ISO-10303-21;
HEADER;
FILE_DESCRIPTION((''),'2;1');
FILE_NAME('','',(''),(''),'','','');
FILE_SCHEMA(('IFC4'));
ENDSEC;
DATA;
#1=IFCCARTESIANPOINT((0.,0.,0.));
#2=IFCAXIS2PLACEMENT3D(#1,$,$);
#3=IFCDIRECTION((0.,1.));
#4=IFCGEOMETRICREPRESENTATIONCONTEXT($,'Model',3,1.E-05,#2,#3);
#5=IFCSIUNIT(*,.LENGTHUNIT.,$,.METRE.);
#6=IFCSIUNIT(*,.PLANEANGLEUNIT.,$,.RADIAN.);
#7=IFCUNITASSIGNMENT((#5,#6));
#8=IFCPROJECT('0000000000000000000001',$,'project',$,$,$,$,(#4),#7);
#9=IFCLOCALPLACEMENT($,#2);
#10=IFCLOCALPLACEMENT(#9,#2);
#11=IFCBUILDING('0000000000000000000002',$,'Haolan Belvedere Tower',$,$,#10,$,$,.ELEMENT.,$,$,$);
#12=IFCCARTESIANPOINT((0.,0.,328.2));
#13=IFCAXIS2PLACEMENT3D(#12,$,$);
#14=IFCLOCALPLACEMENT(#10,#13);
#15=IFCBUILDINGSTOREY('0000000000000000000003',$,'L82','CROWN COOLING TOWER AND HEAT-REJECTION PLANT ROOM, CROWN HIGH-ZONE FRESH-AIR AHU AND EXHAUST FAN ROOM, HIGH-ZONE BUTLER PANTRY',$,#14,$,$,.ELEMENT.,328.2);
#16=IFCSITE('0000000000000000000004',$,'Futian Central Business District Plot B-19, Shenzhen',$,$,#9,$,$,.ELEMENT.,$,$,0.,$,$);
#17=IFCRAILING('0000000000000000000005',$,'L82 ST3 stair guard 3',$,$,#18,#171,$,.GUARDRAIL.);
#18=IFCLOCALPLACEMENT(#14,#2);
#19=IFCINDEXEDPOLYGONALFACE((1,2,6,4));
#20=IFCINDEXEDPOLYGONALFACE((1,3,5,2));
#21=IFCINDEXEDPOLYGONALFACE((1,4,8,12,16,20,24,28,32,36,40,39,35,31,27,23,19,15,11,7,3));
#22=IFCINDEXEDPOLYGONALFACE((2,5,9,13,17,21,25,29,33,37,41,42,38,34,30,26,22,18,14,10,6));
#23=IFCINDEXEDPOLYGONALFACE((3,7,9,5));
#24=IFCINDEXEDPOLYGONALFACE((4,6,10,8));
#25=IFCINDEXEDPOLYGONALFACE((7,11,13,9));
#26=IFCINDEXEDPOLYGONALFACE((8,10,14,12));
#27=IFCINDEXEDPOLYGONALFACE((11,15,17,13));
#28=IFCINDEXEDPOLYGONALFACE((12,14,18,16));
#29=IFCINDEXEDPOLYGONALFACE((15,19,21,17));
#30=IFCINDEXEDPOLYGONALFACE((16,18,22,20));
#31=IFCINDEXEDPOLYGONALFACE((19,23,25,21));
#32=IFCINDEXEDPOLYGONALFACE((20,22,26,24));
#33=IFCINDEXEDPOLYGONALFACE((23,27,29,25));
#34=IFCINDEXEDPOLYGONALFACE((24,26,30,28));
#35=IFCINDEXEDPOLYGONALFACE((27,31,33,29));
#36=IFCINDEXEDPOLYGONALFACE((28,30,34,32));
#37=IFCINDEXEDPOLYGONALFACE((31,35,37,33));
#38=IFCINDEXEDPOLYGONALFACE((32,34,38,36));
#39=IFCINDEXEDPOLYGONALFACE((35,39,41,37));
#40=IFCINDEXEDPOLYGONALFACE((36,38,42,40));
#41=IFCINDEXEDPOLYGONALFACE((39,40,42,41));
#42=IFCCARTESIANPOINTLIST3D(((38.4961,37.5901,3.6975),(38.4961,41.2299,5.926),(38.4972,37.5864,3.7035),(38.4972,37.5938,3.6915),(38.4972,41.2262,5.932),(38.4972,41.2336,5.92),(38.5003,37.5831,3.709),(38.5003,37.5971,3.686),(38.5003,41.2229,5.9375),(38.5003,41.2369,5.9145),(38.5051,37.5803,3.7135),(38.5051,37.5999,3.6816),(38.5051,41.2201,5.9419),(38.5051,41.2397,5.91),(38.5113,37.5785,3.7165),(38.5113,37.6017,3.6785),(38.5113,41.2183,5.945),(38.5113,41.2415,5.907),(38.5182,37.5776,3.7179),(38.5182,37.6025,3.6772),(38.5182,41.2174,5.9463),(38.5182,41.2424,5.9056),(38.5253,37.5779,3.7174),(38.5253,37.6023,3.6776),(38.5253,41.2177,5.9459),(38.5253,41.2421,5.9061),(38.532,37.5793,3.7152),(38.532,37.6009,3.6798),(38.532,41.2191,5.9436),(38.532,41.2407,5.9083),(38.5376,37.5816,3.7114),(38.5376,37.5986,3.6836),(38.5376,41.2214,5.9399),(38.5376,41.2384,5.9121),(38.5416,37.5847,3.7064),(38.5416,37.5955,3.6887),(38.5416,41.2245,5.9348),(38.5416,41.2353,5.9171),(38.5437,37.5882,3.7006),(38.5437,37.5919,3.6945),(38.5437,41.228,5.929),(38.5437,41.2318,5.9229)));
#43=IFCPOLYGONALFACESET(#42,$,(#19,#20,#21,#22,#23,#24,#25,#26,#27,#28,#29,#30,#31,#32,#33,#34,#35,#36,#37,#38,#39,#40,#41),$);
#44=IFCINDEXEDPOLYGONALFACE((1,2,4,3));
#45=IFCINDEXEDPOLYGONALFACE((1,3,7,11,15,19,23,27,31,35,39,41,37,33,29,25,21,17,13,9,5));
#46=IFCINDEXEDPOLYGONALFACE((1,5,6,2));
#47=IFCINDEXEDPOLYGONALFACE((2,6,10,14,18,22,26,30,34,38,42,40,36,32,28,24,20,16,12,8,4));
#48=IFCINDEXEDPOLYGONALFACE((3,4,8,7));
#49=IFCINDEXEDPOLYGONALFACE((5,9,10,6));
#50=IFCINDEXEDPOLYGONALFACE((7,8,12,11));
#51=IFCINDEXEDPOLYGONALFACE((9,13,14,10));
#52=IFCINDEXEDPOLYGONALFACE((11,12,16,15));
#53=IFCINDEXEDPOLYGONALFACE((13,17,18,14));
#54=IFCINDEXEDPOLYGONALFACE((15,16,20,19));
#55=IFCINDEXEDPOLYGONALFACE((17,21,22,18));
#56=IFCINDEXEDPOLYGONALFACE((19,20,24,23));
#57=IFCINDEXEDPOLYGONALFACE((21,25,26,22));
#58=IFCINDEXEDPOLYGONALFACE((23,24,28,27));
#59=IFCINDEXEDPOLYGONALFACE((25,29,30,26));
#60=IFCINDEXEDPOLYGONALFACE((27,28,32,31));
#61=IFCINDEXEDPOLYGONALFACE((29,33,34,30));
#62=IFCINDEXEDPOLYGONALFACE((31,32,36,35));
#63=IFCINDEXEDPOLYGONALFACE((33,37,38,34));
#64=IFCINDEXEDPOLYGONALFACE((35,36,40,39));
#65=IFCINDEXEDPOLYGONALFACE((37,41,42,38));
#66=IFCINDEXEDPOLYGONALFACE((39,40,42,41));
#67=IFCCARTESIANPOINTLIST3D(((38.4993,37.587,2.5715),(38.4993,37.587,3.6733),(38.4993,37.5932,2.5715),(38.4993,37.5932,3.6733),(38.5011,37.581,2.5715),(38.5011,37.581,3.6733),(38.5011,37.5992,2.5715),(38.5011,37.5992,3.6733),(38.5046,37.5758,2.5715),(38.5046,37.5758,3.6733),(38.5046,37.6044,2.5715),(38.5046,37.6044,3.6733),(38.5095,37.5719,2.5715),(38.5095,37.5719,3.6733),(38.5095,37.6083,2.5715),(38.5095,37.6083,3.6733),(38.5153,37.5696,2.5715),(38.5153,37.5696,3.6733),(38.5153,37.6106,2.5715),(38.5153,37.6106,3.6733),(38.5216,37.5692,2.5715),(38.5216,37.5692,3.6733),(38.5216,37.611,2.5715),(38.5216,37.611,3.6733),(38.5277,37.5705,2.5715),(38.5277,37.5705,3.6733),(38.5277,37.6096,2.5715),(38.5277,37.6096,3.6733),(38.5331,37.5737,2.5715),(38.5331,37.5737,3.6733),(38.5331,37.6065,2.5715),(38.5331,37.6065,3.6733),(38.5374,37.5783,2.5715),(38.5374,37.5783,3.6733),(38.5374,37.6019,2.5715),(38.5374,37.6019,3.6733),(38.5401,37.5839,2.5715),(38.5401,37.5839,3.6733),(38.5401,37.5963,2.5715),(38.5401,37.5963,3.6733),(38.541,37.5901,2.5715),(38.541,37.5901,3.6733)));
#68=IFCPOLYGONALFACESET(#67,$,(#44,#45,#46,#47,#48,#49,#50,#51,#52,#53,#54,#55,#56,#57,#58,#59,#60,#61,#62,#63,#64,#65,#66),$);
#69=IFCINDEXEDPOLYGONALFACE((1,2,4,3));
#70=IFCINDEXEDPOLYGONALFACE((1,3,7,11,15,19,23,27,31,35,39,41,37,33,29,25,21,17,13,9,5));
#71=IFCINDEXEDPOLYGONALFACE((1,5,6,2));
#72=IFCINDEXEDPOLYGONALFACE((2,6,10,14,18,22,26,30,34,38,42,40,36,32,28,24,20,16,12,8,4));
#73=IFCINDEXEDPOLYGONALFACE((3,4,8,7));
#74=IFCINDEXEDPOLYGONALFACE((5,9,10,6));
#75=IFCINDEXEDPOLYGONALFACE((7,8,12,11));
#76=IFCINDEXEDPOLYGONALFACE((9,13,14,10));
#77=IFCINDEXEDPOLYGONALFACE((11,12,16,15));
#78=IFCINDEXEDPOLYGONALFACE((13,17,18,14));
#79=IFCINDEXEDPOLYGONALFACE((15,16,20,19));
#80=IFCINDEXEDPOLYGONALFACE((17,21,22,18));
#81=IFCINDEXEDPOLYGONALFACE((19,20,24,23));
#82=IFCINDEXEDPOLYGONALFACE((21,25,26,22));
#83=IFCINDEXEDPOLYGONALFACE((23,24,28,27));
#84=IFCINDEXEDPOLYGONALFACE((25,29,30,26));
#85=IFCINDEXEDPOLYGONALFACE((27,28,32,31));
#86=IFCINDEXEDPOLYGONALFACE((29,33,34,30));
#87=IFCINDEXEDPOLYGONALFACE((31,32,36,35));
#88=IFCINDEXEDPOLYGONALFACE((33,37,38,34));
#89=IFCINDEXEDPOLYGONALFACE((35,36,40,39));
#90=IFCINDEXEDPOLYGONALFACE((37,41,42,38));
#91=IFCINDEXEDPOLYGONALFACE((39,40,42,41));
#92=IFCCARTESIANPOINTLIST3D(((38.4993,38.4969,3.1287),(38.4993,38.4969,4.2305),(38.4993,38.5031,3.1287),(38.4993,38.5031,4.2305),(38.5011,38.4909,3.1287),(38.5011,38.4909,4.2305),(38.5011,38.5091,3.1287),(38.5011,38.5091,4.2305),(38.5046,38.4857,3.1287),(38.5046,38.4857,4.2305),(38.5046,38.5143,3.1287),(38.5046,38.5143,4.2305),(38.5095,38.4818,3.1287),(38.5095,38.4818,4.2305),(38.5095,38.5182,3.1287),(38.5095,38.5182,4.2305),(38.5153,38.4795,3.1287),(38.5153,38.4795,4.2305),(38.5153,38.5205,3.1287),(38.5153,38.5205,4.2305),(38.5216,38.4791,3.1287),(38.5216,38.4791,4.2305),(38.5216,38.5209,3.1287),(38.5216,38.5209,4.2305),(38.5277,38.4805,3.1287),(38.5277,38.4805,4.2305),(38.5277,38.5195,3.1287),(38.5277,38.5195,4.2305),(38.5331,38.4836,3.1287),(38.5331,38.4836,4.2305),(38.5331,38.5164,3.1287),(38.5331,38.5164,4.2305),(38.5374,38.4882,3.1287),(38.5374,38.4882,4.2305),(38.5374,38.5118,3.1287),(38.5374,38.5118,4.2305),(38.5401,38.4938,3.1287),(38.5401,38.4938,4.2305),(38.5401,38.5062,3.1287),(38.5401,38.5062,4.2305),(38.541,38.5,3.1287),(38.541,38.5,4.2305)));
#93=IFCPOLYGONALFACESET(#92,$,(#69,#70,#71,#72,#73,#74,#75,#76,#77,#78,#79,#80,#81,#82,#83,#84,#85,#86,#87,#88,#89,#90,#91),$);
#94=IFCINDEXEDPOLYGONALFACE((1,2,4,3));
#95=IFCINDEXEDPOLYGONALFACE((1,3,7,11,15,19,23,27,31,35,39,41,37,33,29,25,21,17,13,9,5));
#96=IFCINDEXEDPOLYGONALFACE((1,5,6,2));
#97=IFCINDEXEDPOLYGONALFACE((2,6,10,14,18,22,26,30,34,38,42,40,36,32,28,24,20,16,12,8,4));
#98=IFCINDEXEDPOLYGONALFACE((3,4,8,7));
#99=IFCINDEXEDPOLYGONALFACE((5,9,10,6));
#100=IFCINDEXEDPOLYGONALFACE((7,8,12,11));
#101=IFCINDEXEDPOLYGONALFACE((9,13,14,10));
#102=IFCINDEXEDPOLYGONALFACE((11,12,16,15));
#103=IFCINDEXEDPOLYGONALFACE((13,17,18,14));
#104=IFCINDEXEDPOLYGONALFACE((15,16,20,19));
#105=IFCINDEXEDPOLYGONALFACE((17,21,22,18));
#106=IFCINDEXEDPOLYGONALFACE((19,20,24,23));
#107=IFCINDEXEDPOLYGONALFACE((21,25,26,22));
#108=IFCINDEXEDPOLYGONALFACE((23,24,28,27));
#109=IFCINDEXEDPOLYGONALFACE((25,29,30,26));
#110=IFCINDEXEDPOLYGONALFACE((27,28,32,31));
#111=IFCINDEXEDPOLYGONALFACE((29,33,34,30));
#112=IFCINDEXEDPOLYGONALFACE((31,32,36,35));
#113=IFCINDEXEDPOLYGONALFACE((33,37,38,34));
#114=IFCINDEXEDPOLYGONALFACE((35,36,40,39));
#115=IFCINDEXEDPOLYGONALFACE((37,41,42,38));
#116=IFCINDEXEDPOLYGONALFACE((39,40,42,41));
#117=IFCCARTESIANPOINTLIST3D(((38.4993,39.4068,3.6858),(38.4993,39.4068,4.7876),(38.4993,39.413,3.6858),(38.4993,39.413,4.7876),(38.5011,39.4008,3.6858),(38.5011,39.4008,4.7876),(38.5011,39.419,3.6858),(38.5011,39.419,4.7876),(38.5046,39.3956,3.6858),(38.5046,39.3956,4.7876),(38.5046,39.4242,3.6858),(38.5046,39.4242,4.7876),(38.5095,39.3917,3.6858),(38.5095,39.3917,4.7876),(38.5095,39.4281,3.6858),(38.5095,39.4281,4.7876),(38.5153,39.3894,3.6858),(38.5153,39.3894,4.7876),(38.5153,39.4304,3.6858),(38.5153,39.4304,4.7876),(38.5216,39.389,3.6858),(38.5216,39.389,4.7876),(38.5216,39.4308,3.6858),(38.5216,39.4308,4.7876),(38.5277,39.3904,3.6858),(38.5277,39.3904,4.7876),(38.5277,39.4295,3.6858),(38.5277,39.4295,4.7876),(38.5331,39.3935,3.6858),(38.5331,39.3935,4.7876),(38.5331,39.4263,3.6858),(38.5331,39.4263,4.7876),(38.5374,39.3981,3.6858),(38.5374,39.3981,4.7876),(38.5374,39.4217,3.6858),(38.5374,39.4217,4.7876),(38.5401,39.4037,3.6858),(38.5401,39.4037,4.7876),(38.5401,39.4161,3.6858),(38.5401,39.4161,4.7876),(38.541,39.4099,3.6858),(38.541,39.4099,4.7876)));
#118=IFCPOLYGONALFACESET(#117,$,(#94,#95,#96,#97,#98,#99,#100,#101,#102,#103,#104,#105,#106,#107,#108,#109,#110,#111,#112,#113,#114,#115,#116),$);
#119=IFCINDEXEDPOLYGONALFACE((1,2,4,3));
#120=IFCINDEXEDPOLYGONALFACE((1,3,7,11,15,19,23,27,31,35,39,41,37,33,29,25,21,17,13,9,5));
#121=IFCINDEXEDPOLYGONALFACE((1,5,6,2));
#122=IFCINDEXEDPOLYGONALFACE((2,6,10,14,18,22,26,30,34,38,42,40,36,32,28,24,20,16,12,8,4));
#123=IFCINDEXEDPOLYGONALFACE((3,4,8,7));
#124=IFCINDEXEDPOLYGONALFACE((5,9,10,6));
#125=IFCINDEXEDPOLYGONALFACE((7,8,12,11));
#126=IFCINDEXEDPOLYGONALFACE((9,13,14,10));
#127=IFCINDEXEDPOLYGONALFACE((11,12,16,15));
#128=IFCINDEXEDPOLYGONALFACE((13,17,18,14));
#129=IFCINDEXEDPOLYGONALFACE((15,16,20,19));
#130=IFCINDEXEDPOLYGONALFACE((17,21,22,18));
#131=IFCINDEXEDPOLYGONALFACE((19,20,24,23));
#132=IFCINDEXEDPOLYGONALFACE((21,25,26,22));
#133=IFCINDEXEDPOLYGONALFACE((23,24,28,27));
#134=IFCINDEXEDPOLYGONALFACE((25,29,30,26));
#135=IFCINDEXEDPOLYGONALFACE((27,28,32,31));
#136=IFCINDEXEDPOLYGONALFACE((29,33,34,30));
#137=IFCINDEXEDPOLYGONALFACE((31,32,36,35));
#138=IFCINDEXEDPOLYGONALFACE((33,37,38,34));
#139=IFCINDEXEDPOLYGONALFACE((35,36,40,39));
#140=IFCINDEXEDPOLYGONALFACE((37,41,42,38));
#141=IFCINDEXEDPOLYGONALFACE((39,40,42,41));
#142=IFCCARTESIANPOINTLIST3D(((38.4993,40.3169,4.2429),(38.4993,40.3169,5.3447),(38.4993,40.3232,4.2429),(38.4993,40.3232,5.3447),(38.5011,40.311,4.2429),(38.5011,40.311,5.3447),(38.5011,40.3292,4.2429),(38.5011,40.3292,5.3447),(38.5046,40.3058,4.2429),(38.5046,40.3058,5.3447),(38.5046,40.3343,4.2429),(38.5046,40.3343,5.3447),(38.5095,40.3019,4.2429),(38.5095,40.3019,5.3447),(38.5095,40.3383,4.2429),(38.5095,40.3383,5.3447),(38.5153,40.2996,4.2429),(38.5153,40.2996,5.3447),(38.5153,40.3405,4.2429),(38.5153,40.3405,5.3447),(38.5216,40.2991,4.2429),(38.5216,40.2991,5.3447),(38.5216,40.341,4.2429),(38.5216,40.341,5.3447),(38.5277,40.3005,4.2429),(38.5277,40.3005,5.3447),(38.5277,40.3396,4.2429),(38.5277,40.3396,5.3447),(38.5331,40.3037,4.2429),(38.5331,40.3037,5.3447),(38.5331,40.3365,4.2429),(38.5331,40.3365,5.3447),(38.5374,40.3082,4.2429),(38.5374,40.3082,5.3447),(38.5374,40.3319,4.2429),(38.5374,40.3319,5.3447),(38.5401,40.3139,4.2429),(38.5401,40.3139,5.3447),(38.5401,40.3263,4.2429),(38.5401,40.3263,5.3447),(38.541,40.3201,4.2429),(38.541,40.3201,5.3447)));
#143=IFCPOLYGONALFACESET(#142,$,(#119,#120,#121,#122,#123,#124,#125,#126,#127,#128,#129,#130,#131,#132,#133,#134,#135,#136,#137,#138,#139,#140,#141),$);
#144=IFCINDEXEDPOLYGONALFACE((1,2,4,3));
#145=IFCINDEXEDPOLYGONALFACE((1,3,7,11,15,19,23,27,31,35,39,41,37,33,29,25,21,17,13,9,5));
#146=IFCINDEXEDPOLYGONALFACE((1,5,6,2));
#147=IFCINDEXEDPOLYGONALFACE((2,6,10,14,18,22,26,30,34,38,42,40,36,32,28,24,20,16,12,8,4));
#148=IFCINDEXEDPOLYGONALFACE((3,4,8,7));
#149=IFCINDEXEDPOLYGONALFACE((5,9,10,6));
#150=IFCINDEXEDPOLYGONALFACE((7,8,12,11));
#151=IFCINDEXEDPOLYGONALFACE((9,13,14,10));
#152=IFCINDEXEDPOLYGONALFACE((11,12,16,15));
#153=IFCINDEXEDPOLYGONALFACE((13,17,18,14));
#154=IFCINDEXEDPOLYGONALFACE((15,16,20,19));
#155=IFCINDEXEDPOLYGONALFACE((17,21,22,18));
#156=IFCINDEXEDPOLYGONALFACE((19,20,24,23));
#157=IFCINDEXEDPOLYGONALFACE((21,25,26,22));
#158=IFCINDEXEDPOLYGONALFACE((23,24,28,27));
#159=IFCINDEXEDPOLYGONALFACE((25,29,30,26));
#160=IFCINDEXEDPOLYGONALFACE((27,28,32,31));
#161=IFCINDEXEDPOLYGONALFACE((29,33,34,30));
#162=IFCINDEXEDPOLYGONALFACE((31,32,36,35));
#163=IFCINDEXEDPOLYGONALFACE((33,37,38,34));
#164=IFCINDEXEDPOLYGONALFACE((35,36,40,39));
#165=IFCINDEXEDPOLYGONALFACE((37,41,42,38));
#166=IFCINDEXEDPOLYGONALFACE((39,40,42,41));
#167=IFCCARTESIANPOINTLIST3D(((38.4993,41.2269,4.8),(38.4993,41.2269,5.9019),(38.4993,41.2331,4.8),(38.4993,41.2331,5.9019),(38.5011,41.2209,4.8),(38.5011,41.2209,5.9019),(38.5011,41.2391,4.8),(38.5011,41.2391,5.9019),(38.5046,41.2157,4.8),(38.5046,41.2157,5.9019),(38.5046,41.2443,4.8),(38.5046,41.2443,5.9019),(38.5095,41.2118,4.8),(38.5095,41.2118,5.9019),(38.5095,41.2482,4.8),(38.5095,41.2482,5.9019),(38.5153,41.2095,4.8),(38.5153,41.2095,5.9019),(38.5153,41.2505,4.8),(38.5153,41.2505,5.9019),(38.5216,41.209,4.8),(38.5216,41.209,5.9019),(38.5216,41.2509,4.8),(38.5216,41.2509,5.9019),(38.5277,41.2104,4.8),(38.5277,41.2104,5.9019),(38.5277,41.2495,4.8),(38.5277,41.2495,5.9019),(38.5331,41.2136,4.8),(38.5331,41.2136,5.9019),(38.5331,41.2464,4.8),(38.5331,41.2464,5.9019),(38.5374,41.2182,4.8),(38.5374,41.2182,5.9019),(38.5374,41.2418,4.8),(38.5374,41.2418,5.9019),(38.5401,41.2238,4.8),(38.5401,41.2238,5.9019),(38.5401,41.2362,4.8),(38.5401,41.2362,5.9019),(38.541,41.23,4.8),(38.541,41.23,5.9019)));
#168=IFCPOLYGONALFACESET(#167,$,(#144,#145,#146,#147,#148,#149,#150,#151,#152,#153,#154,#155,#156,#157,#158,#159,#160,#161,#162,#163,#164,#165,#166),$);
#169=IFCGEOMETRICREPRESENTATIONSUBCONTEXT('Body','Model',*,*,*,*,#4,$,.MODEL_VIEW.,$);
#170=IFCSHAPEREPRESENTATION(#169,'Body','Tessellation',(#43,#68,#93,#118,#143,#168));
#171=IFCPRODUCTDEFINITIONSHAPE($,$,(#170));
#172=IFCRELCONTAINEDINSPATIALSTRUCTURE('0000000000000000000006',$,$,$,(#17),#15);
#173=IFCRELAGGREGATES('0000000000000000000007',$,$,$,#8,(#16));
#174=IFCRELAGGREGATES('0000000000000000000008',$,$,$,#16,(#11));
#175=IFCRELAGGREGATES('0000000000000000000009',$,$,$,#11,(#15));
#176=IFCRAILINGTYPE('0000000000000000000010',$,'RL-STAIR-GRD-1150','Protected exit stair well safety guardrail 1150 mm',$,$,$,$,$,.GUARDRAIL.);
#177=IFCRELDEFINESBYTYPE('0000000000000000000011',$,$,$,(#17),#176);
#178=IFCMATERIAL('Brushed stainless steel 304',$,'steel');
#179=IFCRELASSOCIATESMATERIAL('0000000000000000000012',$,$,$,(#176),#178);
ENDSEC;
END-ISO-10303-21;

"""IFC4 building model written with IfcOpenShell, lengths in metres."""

from ifc_helpers import new_model, si_unit, direction, frame, origin, origin_2d, place, context, subcontext, project, spatial, circle, extrude, material, type_object, element, save


model = new_model("IFC4")

# Units and contexts
model_context = context("Model", 3, precision=1e-05, world=origin(), true_north=direction((0.0, 1.0)))
body_context = subcontext(model_context, "Body", "Model", "MODEL_VIEW")
ifc_project = project(units=[si_unit("LENGTHUNIT", "METRE"), si_unit("PLANEANGLEUNIT", "RADIAN")], contexts=[model_context])

# Site, building, storey
site_placement = place(None, origin())
site = spatial("IfcSite", under=ifc_project, at=site_placement, Name="Futian Central Business District Plot B-19, Shenzhen", CompositionType="ELEMENT", RefElevation=0.0)
building_placement = place(site_placement, origin())
building = spatial("IfcBuilding", under=site, at=building_placement, Name="Haolan Belvedere Tower", CompositionType="ELEMENT")
storey_placement = place(building_placement, frame((0.0, 0.0, 328.2)))
storey = spatial("IfcBuildingStorey", under=building, at=storey_placement, Name="L82", Description="CROWN COOLING TOWER AND HEAT-REJECTION PLANT ROOM, CROWN HIGH-ZONE FRESH-AIR AHU AND EXHAUST FAN ROOM, HIGH-ZONE BUTLER PANTRY", CompositionType="ELEMENT", Elevation=328.2)

# Railing
ifc_material_1 = material(Name="Brushed stainless steel 304", Category="steel")
railing_type = type_object("IfcRailingType", Name="RL-STAIR-GRD-1150", Description="Protected exit stair well safety guardrail 1150 mm", PredefinedType="GUARDRAIL", material=ifc_material_1)
railing_1_placement = place(storey_placement, frame((38.52, 37.5901, 2.5715)))
element("IfcRailing", 1, at=railing_1_placement, inside=storey, type_object=railing_type, Name="L82 ST3 stair guard 3", PredefinedType="GUARDRAIL", context=body_context, shape_type="SweptSolid", body=[
    extrude(circle(Radius=0.0239, at=origin_2d()), frame((0.0, 0.0, 1.126), z_axis=(0.0, 0.85285, 0.522156), x_axis=(-1.0, 0.0, 0.0)), (0.0, 0.0, 1.0), 4.2678),
    extrude(circle(Radius=0.021, at=origin_2d()), origin(), (0.0, 0.0, 1.0), 1.1018),
    extrude(circle(Radius=0.021, at=origin_2d()), frame((0.0, 0.9099, 0.5571)), (0.0, 0.0, 1.0), 1.1018),
    extrude(circle(Radius=0.021, at=origin_2d()), frame((0.0, 1.8198, 1.1143)), (0.0, 0.0, 1.0), 1.1018),
    extrude(circle(Radius=0.021, at=origin_2d()), frame((0.0, 2.73, 1.6714)), (0.0, 0.0, 1.0), 1.1018),
    extrude(circle(Radius=0.021, at=origin_2d()), frame((0.0, 3.6399, 2.2285)), (0.0, 0.0, 1.0), 1.1018),
])

save(model, "model.ifc")
